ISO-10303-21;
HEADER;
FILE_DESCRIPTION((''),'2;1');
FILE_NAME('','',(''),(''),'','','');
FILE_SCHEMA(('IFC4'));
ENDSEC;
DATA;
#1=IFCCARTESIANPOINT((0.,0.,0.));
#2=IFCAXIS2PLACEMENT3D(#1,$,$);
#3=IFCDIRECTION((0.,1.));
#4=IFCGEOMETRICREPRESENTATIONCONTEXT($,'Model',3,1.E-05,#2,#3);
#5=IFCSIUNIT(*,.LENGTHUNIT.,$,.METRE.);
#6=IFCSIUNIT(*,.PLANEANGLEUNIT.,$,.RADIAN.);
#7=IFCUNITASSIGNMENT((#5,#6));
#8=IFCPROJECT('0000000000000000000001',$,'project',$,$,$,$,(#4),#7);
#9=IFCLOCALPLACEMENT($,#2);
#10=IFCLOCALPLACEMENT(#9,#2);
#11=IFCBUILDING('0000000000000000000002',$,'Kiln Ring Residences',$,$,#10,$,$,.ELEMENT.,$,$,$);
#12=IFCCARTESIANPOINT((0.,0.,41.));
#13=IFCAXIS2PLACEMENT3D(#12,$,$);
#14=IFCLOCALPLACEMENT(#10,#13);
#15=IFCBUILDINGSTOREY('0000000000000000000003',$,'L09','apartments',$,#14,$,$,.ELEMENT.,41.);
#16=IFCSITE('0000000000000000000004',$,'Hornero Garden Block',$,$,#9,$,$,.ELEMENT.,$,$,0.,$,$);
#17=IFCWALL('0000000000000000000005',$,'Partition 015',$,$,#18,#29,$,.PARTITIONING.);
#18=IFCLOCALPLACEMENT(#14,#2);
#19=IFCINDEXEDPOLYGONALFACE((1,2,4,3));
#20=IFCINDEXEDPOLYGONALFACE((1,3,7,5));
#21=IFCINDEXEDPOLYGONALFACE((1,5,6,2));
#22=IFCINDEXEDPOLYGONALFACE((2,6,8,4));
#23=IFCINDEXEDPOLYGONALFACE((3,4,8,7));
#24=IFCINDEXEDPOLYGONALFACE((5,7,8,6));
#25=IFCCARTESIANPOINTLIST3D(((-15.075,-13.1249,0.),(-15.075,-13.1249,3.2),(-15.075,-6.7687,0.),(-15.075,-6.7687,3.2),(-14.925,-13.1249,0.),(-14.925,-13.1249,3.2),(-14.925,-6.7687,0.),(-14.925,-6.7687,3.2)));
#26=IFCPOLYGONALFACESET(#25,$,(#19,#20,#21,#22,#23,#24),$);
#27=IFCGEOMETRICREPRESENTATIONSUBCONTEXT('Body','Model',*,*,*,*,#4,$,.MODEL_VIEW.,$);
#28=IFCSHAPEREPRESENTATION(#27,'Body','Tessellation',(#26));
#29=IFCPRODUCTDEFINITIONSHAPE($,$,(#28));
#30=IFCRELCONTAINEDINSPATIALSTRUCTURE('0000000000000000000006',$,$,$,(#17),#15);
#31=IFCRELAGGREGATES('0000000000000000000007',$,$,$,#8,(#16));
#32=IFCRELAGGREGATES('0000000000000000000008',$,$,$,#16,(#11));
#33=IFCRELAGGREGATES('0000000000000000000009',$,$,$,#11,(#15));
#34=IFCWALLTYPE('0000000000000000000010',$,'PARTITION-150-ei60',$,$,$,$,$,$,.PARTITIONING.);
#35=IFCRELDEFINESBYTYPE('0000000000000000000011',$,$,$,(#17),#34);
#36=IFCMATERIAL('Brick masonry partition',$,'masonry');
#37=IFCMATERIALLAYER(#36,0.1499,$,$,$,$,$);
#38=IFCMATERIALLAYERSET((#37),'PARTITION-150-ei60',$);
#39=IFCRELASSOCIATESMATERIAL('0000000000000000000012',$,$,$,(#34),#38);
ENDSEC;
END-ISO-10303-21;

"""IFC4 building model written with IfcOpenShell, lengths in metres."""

from ifc_helpers import new_model, si_unit, direction, frame, frame_2d, origin, place, context, subcontext, project, spatial, rectangle, extrude, material, layer, layer_set, type_object, element, save


model = new_model("IFC4")

# Units and contexts
model_context = context("Model", 3, precision=1e-05, world=origin(), true_north=direction((0.0, 1.0)))
body_context = subcontext(model_context, "Body", "Model", "MODEL_VIEW")
ifc_project = project(units=[si_unit("LENGTHUNIT", "METRE"), si_unit("PLANEANGLEUNIT", "RADIAN")], contexts=[model_context])

# Site, building, storey
site_placement = place(None, origin())
site = spatial("IfcSite", under=ifc_project, at=site_placement, Name="Hornero Garden Block", CompositionType="ELEMENT", RefElevation=0.0)
building_placement = place(site_placement, origin())
building = spatial("IfcBuilding", under=site, at=building_placement, Name="Kiln Ring Residences", CompositionType="ELEMENT")
storey_placement = place(building_placement, frame((0.0, 0.0, 41.0)))
storey = spatial("IfcBuildingStorey", under=building, at=storey_placement, Name="L09", Description="apartments", CompositionType="ELEMENT", Elevation=41.0)

# Shared definitions
ifc_material_1 = material(Name="Brick masonry partition", Category="masonry")
ifc_layer_1 = layer(ifc_material_1, 0.1499)
ifc_layer_set_1 = layer_set([ifc_layer_1], Name="PARTITION-150-ei60")
wall_type_1 = type_object("IfcWallType", Name="PARTITION-150-ei60", PredefinedType="PARTITIONING", material=ifc_layer_set_1)

# Wall
wall_1_placement = place(storey_placement, frame((-15.0, -13.125, 0.0), z_axis=(0.0, 0.0, 1.0), x_axis=(0.0, 1.0, 0.0)))
element("IfcWall", 1, at=wall_1_placement, inside=storey, type_object=wall_type_1, Name="Partition 015", PredefinedType="PARTITIONING", context=body_context, shape_type="SweptSolid", body=[
    extrude(rectangle(XDim=6.3562, YDim=0.1499, at=frame_2d((3.1782, 0.0))), origin(), (0.0, 0.0, 1.0), 3.2),
])

save(model, "model.ifc")
